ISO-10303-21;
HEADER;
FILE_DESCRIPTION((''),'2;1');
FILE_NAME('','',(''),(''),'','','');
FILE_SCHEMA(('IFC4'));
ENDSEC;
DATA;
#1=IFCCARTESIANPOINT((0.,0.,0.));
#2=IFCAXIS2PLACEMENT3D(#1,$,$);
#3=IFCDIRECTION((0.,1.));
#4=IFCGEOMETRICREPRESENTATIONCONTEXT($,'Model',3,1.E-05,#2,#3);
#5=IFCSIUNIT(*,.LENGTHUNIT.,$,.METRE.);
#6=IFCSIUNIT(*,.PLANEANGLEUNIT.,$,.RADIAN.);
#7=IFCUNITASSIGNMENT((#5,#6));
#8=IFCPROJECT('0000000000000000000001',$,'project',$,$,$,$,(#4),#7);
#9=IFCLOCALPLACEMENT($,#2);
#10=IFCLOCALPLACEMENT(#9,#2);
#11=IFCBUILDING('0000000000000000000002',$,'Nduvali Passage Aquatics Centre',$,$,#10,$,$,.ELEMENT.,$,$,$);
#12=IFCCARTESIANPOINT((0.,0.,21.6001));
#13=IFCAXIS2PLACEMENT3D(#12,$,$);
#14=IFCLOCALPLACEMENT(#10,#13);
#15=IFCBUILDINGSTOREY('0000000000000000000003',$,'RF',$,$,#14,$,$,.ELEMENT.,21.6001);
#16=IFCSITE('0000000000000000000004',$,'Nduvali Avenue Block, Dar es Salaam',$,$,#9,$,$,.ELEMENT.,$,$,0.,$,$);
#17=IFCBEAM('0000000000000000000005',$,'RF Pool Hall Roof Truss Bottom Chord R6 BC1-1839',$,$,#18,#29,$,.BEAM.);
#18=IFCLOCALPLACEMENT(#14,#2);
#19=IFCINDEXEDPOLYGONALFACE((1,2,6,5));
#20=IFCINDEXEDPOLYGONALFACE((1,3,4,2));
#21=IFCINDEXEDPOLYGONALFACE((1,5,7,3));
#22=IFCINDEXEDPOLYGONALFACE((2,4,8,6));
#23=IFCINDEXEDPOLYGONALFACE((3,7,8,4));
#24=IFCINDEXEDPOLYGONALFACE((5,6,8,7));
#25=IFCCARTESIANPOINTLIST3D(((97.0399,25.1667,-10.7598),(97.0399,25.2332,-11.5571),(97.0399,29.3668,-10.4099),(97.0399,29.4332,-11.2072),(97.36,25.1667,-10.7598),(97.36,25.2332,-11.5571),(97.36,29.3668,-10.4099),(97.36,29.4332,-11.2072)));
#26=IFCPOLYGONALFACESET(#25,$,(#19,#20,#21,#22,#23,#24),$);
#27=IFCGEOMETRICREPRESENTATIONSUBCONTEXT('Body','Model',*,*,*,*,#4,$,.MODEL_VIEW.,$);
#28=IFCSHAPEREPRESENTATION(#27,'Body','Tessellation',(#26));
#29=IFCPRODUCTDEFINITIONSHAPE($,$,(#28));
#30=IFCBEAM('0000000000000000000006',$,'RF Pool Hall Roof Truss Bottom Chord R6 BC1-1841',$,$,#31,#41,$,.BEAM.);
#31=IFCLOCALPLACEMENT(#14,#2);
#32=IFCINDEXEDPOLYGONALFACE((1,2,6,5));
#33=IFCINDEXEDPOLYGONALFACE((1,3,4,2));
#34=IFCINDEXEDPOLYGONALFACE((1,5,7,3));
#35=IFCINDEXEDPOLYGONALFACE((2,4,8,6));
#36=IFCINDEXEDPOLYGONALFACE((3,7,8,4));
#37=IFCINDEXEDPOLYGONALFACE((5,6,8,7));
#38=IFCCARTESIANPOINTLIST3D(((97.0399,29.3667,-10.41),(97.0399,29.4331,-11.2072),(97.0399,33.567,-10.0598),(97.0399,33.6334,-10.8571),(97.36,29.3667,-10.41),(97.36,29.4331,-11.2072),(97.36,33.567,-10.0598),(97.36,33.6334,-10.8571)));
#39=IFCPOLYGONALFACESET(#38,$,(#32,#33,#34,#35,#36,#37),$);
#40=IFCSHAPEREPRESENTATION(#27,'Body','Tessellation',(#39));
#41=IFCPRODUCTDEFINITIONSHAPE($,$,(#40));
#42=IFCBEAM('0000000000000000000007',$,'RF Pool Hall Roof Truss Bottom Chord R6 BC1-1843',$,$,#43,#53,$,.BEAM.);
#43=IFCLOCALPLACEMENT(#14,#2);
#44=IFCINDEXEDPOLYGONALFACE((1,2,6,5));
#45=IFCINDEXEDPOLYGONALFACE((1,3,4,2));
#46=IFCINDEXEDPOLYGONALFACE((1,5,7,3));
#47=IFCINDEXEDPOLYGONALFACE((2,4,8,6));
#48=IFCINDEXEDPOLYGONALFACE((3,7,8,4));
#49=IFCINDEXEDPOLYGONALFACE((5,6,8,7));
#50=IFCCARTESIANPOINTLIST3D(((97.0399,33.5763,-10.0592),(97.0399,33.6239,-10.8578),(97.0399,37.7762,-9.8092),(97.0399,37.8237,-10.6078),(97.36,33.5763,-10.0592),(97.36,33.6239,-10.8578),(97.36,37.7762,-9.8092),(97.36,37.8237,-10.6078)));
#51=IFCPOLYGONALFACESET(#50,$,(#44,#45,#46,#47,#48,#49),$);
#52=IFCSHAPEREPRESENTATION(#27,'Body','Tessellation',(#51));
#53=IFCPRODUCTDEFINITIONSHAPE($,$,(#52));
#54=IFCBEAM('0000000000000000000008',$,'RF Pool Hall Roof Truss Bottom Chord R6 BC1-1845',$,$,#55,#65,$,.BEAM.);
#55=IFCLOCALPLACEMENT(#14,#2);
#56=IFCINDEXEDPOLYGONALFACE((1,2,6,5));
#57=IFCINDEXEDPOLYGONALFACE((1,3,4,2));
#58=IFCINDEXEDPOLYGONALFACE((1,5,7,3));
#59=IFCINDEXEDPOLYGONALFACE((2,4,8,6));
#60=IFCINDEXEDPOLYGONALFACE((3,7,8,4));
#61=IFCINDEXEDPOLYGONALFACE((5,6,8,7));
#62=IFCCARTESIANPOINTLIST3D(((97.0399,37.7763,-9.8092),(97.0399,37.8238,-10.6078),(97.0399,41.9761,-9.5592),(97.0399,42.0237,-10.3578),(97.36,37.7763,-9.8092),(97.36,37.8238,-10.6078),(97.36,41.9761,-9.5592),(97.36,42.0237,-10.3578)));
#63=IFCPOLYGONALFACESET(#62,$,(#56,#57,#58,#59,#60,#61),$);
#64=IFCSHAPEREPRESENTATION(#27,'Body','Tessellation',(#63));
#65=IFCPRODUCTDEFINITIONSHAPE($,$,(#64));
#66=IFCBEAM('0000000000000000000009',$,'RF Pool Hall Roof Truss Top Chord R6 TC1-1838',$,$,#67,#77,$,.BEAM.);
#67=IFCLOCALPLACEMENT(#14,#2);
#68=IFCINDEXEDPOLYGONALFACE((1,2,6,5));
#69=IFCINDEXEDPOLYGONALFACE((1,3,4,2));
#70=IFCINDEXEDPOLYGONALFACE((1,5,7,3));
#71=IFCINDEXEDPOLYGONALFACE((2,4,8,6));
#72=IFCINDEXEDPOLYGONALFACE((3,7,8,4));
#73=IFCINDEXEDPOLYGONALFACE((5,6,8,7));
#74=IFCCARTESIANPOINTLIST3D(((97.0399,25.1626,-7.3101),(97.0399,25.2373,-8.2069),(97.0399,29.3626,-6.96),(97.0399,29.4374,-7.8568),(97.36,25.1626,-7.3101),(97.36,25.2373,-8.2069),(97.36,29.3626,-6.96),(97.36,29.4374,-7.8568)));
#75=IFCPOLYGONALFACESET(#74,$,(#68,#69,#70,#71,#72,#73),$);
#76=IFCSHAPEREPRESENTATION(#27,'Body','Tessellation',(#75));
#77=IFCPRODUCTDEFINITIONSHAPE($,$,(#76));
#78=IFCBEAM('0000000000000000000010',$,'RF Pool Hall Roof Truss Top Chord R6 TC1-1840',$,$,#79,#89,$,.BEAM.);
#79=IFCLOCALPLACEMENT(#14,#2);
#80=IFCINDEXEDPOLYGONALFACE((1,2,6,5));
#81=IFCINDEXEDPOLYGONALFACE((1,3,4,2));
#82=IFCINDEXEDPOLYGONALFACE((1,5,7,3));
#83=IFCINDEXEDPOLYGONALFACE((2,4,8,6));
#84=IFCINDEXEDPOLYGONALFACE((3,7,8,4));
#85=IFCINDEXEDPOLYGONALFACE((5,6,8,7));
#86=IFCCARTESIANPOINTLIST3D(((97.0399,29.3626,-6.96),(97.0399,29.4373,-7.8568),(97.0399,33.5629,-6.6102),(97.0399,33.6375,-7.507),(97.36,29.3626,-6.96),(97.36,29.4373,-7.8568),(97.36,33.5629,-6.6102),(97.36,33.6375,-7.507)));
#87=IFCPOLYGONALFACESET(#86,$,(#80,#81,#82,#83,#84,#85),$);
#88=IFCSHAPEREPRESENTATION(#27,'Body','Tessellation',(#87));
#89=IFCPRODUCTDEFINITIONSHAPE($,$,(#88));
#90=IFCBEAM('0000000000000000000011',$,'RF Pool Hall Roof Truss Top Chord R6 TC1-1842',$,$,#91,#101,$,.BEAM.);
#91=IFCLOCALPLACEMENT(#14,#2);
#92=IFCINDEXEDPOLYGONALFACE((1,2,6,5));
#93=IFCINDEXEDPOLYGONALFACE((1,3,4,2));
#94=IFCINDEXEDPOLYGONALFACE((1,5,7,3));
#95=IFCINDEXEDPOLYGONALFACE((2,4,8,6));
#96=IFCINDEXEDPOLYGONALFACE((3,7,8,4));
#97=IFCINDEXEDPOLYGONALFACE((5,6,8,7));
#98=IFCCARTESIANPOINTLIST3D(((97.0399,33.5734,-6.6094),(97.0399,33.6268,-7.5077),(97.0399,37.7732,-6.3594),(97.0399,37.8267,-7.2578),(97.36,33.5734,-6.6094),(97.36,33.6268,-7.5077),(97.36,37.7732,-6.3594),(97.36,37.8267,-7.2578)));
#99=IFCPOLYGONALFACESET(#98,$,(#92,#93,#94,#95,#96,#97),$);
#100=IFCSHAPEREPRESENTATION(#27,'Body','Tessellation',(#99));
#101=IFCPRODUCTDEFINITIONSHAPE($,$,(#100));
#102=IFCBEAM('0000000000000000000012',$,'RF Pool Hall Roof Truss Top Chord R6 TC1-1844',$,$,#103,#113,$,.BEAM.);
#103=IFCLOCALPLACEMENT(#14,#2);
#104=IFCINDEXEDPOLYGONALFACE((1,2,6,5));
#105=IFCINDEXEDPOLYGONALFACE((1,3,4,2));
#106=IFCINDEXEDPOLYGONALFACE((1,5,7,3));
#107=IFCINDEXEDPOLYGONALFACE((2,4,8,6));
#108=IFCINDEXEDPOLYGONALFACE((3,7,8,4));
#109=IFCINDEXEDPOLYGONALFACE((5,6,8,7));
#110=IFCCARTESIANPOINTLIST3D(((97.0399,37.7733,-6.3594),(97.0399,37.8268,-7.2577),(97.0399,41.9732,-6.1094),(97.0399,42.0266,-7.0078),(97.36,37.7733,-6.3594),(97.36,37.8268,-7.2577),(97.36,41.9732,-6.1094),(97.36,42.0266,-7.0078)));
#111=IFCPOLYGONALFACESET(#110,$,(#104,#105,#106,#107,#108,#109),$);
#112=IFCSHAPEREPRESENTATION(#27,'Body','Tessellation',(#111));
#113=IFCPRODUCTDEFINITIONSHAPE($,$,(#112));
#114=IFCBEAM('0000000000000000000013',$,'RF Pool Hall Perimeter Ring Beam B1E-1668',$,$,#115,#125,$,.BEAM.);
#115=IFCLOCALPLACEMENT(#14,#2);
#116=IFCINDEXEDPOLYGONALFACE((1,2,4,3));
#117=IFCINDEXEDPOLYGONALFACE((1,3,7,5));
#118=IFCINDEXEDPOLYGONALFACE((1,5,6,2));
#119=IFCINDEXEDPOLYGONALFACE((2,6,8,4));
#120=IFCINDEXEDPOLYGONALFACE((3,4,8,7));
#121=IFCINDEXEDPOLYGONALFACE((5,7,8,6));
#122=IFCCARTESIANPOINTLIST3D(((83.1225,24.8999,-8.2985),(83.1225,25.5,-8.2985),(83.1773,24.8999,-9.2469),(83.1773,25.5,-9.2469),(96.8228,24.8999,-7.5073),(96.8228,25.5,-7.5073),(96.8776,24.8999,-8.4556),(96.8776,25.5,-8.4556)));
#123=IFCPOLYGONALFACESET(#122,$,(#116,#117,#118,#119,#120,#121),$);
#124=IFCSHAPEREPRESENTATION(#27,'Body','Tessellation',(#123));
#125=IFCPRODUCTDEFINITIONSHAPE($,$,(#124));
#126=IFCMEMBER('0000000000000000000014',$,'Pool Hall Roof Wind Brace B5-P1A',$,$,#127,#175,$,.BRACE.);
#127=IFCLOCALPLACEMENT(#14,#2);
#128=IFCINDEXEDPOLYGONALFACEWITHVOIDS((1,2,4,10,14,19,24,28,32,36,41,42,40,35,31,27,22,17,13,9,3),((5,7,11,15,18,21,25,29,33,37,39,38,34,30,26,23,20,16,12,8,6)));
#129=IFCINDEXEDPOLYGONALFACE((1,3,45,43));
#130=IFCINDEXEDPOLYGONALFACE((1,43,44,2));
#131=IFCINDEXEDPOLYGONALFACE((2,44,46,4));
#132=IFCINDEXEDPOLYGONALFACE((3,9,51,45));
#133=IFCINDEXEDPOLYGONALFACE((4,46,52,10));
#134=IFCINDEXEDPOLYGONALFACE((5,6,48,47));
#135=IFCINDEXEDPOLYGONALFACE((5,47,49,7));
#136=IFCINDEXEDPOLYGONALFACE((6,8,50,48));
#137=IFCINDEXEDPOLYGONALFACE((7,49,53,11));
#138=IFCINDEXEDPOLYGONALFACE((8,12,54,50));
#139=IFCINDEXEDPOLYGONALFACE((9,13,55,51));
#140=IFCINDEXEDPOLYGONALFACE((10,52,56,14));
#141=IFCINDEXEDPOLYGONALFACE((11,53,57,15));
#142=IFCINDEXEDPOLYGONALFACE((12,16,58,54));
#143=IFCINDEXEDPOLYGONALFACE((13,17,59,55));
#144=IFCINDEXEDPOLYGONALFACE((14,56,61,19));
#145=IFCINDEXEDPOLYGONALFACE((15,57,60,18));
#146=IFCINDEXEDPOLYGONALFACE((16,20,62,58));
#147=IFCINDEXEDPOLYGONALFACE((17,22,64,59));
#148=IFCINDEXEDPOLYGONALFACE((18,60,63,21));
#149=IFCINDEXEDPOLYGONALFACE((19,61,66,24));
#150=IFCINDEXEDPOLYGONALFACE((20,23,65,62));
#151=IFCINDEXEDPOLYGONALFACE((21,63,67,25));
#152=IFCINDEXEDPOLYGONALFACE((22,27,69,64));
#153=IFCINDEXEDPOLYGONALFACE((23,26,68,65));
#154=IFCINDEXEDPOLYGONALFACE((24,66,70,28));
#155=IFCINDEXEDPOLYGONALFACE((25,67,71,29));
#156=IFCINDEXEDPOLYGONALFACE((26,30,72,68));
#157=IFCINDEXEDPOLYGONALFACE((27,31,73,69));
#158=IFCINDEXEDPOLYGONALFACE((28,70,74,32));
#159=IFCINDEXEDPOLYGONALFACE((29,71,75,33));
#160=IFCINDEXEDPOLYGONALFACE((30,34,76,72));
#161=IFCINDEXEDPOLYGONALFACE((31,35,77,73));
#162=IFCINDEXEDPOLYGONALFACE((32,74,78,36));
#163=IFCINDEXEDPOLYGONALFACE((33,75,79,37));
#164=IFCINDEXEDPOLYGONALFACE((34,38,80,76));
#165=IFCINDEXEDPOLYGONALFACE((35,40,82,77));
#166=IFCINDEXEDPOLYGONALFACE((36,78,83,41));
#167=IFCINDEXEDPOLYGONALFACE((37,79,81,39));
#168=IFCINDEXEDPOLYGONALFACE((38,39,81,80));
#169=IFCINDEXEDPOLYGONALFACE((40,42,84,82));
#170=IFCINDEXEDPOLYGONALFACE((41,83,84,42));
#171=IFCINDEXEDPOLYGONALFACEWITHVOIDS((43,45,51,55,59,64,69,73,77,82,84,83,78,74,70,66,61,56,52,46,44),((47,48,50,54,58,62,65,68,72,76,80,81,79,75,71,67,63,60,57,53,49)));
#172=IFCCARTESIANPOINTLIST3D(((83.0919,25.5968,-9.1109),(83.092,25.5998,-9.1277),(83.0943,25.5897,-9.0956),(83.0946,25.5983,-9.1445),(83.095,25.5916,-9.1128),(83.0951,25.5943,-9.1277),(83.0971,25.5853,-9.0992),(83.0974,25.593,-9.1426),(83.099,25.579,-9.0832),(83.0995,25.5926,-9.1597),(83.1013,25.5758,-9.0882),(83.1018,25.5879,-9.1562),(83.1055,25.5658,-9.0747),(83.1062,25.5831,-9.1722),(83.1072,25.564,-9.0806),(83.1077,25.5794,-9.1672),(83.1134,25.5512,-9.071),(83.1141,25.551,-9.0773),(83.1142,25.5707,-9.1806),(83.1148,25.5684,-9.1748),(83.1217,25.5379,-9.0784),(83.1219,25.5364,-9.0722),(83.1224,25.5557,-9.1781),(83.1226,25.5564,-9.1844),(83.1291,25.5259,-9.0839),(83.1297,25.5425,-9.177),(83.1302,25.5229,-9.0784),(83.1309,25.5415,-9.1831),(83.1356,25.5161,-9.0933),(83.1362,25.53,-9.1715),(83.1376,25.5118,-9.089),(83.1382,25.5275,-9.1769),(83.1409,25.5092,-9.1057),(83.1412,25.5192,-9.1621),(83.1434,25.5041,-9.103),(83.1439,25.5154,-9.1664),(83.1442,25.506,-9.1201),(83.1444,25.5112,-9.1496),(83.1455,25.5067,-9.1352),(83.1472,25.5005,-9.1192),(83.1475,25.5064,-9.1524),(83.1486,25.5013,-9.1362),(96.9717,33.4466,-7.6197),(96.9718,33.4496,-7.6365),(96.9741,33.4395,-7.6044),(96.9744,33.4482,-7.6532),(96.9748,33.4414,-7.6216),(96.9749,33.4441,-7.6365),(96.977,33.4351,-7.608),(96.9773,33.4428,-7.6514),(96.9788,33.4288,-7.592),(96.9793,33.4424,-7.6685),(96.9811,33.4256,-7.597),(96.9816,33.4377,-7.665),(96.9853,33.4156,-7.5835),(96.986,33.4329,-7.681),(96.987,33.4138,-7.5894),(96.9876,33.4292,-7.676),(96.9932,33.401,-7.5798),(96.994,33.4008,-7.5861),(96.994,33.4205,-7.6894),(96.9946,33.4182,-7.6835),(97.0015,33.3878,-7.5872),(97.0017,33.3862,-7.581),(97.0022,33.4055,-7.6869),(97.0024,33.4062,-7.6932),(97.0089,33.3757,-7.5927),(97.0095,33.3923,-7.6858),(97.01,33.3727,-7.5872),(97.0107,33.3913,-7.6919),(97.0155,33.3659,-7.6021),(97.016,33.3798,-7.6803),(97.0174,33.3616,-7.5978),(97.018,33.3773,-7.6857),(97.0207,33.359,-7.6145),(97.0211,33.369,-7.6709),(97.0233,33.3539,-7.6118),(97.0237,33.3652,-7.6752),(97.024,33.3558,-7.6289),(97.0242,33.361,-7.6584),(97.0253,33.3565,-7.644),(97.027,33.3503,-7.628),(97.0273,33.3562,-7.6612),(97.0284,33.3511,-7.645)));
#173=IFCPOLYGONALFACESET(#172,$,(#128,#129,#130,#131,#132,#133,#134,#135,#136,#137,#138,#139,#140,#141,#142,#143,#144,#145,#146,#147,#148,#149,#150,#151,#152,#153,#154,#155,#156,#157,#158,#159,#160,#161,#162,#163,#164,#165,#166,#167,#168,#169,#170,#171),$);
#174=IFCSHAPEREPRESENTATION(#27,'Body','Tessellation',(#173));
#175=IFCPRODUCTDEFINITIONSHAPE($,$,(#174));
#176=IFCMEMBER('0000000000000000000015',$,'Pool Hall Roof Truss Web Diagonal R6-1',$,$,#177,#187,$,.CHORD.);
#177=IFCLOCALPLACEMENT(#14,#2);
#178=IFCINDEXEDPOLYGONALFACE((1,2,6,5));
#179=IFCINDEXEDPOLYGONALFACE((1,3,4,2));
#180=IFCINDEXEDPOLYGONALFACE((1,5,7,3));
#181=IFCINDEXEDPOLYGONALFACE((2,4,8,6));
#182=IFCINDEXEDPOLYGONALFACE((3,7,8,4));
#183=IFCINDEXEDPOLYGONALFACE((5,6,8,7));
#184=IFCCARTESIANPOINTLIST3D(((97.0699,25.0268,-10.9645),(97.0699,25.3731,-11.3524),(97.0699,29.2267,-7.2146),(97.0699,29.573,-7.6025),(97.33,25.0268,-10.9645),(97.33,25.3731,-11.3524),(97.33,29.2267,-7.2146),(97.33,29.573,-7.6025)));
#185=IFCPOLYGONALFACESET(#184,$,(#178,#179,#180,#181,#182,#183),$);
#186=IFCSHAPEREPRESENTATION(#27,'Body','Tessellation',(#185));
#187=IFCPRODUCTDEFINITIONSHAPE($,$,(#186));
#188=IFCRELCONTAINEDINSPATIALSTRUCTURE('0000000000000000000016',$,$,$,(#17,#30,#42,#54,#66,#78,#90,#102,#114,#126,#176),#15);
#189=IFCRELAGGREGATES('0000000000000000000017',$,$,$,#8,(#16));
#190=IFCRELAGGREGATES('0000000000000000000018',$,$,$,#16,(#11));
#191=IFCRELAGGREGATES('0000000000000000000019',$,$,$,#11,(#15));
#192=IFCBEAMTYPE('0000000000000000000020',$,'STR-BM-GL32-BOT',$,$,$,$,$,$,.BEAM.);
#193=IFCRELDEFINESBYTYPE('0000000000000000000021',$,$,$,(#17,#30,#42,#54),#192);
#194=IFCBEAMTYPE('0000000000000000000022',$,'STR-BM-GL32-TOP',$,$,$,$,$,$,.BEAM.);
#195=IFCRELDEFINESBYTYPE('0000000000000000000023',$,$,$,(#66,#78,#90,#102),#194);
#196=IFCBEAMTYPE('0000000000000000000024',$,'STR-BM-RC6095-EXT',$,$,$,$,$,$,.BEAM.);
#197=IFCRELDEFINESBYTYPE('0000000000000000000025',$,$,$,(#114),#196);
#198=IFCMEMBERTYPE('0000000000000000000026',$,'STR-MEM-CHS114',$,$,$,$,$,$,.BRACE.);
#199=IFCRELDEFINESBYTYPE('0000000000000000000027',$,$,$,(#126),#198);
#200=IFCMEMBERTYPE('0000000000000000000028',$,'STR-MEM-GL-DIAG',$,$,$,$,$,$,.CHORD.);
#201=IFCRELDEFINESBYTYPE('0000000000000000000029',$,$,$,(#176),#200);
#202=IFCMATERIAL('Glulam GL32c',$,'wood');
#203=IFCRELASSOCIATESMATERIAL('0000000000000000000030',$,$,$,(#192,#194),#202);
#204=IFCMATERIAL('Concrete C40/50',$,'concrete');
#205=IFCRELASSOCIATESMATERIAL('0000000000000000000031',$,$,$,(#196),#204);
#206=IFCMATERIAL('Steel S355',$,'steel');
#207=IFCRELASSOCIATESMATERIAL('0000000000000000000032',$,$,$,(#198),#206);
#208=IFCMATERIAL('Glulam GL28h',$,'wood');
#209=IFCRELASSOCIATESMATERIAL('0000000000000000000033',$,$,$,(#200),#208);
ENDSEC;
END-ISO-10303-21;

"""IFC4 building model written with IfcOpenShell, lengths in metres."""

from ifc_helpers import new_model, si_unit, direction, frame, origin, origin_2d, place, context, subcontext, project, spatial, rectangle, hollow_circle, extrude, material, material_profile, profile_set, type_object, element, save


model = new_model("IFC4")

# Units and contexts
model_context = context("Model", 3, precision=1e-05, world=origin(), true_north=direction((0.0, 1.0)))
body_context = subcontext(model_context, "Body", "Model", "MODEL_VIEW")
ifc_project = project(units=[si_unit("LENGTHUNIT", "METRE"), si_unit("PLANEANGLEUNIT", "RADIAN")], contexts=[model_context])

# Site, building, storey
site_placement = place(None, origin())
site = spatial("IfcSite", under=ifc_project, at=site_placement, Name="Nduvali Avenue Block, Dar es Salaam", CompositionType="ELEMENT", RefElevation=0.0)
building_placement = place(site_placement, origin())
building = spatial("IfcBuilding", under=site, at=building_placement, Name="Nduvali Passage Aquatics Centre", CompositionType="ELEMENT")
storey_placement = place(building_placement, frame((0.0, 0.0, 21.6001)))
storey = spatial("IfcBuildingStorey", under=building, at=storey_placement, Name="RF", CompositionType="ELEMENT", Elevation=21.6001)

# Beams
ifc_material_1 = material(Name="Glulam GL32c", Category="wood")
ifc_material_profile_1 = material_profile(ifc_material_1, rectangle(XDim=0.3201, YDim=0.8, at=origin_2d()), Name="GL32c 320x800")
ifc_profile_set_1 = profile_set([ifc_material_profile_1], Name="Glulam GL32c")
beam_type_1 = type_object("IfcBeamType", Name="STR-BM-GL32-BOT", PredefinedType="BEAM", material=ifc_profile_set_1)
beam_1_placement = place(storey_placement, frame((97.2, 25.2, -11.1584), z_axis=(0.0, 0.996549, 0.083012), x_axis=(-1.0, 0.0, 0.0)))
element("IfcBeam", 1, at=beam_1_placement, inside=storey, type_object=beam_type_1, Name="RF Pool Hall Roof Truss Bottom Chord R6 BC1-1839", PredefinedType="BEAM", context=body_context, shape_type="SweptSolid", body=[
    extrude(rectangle(XDim=0.3201, YDim=0.8, at=origin_2d()), origin(), (0.0, 0.0, 1.0), 4.2146),
])
beam_2_placement = place(storey_placement, frame((97.2, 29.3999, -10.8086), z_axis=(0.0, 0.996544, 0.083065), x_axis=(-1.0, 0.0, 0.0)))
element("IfcBeam", 2, at=beam_2_placement, inside=storey, type_object=beam_type_1, Name="RF Pool Hall Roof Truss Bottom Chord R6 BC1-1841", PredefinedType="BEAM", context=body_context, shape_type="SweptSolid", body=[
    extrude(rectangle(XDim=0.3201, YDim=0.8, at=origin_2d()), origin(), (0.0, 0.0, 1.0), 4.2148),
])
for number, where, z_axis, x_axis, name in (
    (3, (97.2, 33.6001, -10.4585), (0.0, 0.998233, 0.059419), (-1.0, 0.0, 0.0), "RF Pool Hall Roof Truss Bottom Chord R6 BC1-1843"),
    (4, (97.2, 37.8, -10.2085), (0.0, 0.998233, 0.059419), (-1.0, 0.0, 0.0), "RF Pool Hall Roof Truss Bottom Chord R6 BC1-1845"),
):
    element("IfcBeam", number, at=place(storey_placement, frame(where, z_axis=z_axis, x_axis=x_axis)), inside=storey, type_object=beam_type_1, Name=name, PredefinedType="BEAM", context=body_context, shape_type="SweptSolid", body=[
        extrude(rectangle(XDim=0.3201, YDim=0.8, at=origin_2d()), origin(), (0.0, 0.0, 1.0), 4.2073),
    ])
ifc_material_profile_2 = material_profile(ifc_material_1, rectangle(XDim=0.3201, YDim=0.8999, at=origin_2d()), Name="GL32c 320x900")
ifc_profile_set_2 = profile_set([ifc_material_profile_2], Name="Glulam GL32c")
beam_type_2 = type_object("IfcBeamType", Name="STR-BM-GL32-TOP", PredefinedType="BEAM", material=ifc_profile_set_2)
beam_3_placement = place(storey_placement, frame((97.2, 25.2, -7.7585), z_axis=(0.0, 0.996544, 0.083069), x_axis=(-1.0, 0.0, 0.0)))
element("IfcBeam", 5, at=beam_3_placement, inside=storey, type_object=beam_type_2, Name="RF Pool Hall Roof Truss Top Chord R6 TC1-1838", PredefinedType="BEAM", context=body_context, shape_type="SweptSolid", body=[
    extrude(rectangle(XDim=0.3201, YDim=0.8999, at=origin_2d()), origin(), (0.0, 0.0, 1.0), 4.2146),
])
beam_4_placement = place(storey_placement, frame((97.2, 29.3999, -7.4084), z_axis=(0.0, 0.996549, 0.083007), x_axis=(-1.0, 0.0, 0.0)))
element("IfcBeam", 6, at=beam_4_placement, inside=storey, type_object=beam_type_2, Name="RF Pool Hall Roof Truss Top Chord R6 TC1-1840", PredefinedType="BEAM", context=body_context, shape_type="SweptSolid", body=[
    extrude(rectangle(XDim=0.3201, YDim=0.8999, at=origin_2d()), origin(), (0.0, 0.0, 1.0), 4.2148),
])
for number, where, z_axis, x_axis, name in (
    (7, (97.2, 33.6001, -7.0586), (0.0, 0.998233, 0.059419), (-1.0, 0.0, 0.0), "RF Pool Hall Roof Truss Top Chord R6 TC1-1842"),
    (8, (97.2, 37.8, -6.8086), (0.0, 0.998233, 0.059419), (-1.0, 0.0, 0.0), "RF Pool Hall Roof Truss Top Chord R6 TC1-1844"),
):
    element("IfcBeam", number, at=place(storey_placement, frame(where, z_axis=z_axis, x_axis=x_axis)), inside=storey, type_object=beam_type_2, Name=name, PredefinedType="BEAM", context=body_context, shape_type="SweptSolid", body=[
        extrude(rectangle(XDim=0.3201, YDim=0.8999, at=origin_2d()), origin(), (0.0, 0.0, 1.0), 4.2073),
    ])
ifc_material_2 = material(Name="Concrete C40/50", Category="concrete")
ifc_material_profile_3 = material_profile(ifc_material_2, rectangle(XDim=0.6001, YDim=0.95, at=origin_2d()), Name="RC 600x950")
ifc_profile_set_3 = profile_set([ifc_material_profile_3], Name="Concrete C40/50")
beam_type_3 = type_object("IfcBeamType", Name="STR-BM-RC6095-EXT", PredefinedType="BEAM", material=ifc_profile_set_3)
beam_5_placement = place(storey_placement, frame((83.1499, 25.2, -8.7727), z_axis=(0.998336, 0.0, 0.057659), x_axis=(0.0, 1.0, 0.0)))
element("IfcBeam", 9, at=beam_5_placement, inside=storey, type_object=beam_type_3, Name="RF Pool Hall Perimeter Ring Beam B1E-1668", PredefinedType="BEAM", context=body_context, shape_type="SweptSolid", body=[
    extrude(rectangle(XDim=0.6001, YDim=0.95, at=origin_2d()), origin(), (0.0, 0.0, 1.0), 13.7231),
])

# Members
ifc_material_3 = material(Name="Steel S355", Category="steel")
ifc_material_profile_4 = material_profile(ifc_material_3, hollow_circle(Radius=0.0571, WallThickness=0.0063, at=origin_2d()), Name="CHS 114.3x6.3")
ifc_profile_set_4 = profile_set([ifc_material_profile_4], Name="Steel S355")
member_type_1 = type_object("IfcMemberType", Name="STR-MEM-CHS114", PredefinedType="BRACE", material=ifc_profile_set_4)
member_1_placement = place(storey_placement, frame((83.1201, 25.55, -9.1277), z_axis=(0.866655, 0.490142, 0.093111), x_axis=(-0.492281, 0.870436, 0.0)))
element("IfcMember", 10, at=member_1_placement, inside=storey, type_object=member_type_1, Name="Pool Hall Roof Wind Brace B5-P1A", PredefinedType="BRACE", context=body_context, shape_type="SweptSolid", body=[
    extrude(hollow_circle(Radius=0.0571, WallThickness=0.0063, at=origin_2d()), origin(), (0.0, 0.0, 1.0), 16.0154),
])
ifc_material_4 = material(Name="Glulam GL28h", Category="wood")
ifc_material_profile_5 = material_profile(ifc_material_4, rectangle(XDim=0.26, YDim=0.52, at=origin_2d()), Name="GL28h 260x520")
ifc_profile_set_5 = profile_set([ifc_material_profile_5], Name="Glulam GL28h")
member_type_2 = type_object("IfcMemberType", Name="STR-MEM-GL-DIAG", PredefinedType="CHORD", material=ifc_profile_set_5)
member_2_placement = place(storey_placement, frame((97.2, 25.2, -11.1584), z_axis=(0.0, 0.745934, 0.66602), x_axis=(-1.0, 0.0, 0.0)))
element("IfcMember", 11, at=member_2_placement, inside=storey, type_object=member_type_2, Name="Pool Hall Roof Truss Web Diagonal R6-1", PredefinedType="CHORD", context=body_context, shape_type="SweptSolid", body=[
    extrude(rectangle(XDim=0.26, YDim=0.52, at=origin_2d()), origin(), (0.0, 0.0, 1.0), 5.6304),
])

save(model, "model.ifc")
